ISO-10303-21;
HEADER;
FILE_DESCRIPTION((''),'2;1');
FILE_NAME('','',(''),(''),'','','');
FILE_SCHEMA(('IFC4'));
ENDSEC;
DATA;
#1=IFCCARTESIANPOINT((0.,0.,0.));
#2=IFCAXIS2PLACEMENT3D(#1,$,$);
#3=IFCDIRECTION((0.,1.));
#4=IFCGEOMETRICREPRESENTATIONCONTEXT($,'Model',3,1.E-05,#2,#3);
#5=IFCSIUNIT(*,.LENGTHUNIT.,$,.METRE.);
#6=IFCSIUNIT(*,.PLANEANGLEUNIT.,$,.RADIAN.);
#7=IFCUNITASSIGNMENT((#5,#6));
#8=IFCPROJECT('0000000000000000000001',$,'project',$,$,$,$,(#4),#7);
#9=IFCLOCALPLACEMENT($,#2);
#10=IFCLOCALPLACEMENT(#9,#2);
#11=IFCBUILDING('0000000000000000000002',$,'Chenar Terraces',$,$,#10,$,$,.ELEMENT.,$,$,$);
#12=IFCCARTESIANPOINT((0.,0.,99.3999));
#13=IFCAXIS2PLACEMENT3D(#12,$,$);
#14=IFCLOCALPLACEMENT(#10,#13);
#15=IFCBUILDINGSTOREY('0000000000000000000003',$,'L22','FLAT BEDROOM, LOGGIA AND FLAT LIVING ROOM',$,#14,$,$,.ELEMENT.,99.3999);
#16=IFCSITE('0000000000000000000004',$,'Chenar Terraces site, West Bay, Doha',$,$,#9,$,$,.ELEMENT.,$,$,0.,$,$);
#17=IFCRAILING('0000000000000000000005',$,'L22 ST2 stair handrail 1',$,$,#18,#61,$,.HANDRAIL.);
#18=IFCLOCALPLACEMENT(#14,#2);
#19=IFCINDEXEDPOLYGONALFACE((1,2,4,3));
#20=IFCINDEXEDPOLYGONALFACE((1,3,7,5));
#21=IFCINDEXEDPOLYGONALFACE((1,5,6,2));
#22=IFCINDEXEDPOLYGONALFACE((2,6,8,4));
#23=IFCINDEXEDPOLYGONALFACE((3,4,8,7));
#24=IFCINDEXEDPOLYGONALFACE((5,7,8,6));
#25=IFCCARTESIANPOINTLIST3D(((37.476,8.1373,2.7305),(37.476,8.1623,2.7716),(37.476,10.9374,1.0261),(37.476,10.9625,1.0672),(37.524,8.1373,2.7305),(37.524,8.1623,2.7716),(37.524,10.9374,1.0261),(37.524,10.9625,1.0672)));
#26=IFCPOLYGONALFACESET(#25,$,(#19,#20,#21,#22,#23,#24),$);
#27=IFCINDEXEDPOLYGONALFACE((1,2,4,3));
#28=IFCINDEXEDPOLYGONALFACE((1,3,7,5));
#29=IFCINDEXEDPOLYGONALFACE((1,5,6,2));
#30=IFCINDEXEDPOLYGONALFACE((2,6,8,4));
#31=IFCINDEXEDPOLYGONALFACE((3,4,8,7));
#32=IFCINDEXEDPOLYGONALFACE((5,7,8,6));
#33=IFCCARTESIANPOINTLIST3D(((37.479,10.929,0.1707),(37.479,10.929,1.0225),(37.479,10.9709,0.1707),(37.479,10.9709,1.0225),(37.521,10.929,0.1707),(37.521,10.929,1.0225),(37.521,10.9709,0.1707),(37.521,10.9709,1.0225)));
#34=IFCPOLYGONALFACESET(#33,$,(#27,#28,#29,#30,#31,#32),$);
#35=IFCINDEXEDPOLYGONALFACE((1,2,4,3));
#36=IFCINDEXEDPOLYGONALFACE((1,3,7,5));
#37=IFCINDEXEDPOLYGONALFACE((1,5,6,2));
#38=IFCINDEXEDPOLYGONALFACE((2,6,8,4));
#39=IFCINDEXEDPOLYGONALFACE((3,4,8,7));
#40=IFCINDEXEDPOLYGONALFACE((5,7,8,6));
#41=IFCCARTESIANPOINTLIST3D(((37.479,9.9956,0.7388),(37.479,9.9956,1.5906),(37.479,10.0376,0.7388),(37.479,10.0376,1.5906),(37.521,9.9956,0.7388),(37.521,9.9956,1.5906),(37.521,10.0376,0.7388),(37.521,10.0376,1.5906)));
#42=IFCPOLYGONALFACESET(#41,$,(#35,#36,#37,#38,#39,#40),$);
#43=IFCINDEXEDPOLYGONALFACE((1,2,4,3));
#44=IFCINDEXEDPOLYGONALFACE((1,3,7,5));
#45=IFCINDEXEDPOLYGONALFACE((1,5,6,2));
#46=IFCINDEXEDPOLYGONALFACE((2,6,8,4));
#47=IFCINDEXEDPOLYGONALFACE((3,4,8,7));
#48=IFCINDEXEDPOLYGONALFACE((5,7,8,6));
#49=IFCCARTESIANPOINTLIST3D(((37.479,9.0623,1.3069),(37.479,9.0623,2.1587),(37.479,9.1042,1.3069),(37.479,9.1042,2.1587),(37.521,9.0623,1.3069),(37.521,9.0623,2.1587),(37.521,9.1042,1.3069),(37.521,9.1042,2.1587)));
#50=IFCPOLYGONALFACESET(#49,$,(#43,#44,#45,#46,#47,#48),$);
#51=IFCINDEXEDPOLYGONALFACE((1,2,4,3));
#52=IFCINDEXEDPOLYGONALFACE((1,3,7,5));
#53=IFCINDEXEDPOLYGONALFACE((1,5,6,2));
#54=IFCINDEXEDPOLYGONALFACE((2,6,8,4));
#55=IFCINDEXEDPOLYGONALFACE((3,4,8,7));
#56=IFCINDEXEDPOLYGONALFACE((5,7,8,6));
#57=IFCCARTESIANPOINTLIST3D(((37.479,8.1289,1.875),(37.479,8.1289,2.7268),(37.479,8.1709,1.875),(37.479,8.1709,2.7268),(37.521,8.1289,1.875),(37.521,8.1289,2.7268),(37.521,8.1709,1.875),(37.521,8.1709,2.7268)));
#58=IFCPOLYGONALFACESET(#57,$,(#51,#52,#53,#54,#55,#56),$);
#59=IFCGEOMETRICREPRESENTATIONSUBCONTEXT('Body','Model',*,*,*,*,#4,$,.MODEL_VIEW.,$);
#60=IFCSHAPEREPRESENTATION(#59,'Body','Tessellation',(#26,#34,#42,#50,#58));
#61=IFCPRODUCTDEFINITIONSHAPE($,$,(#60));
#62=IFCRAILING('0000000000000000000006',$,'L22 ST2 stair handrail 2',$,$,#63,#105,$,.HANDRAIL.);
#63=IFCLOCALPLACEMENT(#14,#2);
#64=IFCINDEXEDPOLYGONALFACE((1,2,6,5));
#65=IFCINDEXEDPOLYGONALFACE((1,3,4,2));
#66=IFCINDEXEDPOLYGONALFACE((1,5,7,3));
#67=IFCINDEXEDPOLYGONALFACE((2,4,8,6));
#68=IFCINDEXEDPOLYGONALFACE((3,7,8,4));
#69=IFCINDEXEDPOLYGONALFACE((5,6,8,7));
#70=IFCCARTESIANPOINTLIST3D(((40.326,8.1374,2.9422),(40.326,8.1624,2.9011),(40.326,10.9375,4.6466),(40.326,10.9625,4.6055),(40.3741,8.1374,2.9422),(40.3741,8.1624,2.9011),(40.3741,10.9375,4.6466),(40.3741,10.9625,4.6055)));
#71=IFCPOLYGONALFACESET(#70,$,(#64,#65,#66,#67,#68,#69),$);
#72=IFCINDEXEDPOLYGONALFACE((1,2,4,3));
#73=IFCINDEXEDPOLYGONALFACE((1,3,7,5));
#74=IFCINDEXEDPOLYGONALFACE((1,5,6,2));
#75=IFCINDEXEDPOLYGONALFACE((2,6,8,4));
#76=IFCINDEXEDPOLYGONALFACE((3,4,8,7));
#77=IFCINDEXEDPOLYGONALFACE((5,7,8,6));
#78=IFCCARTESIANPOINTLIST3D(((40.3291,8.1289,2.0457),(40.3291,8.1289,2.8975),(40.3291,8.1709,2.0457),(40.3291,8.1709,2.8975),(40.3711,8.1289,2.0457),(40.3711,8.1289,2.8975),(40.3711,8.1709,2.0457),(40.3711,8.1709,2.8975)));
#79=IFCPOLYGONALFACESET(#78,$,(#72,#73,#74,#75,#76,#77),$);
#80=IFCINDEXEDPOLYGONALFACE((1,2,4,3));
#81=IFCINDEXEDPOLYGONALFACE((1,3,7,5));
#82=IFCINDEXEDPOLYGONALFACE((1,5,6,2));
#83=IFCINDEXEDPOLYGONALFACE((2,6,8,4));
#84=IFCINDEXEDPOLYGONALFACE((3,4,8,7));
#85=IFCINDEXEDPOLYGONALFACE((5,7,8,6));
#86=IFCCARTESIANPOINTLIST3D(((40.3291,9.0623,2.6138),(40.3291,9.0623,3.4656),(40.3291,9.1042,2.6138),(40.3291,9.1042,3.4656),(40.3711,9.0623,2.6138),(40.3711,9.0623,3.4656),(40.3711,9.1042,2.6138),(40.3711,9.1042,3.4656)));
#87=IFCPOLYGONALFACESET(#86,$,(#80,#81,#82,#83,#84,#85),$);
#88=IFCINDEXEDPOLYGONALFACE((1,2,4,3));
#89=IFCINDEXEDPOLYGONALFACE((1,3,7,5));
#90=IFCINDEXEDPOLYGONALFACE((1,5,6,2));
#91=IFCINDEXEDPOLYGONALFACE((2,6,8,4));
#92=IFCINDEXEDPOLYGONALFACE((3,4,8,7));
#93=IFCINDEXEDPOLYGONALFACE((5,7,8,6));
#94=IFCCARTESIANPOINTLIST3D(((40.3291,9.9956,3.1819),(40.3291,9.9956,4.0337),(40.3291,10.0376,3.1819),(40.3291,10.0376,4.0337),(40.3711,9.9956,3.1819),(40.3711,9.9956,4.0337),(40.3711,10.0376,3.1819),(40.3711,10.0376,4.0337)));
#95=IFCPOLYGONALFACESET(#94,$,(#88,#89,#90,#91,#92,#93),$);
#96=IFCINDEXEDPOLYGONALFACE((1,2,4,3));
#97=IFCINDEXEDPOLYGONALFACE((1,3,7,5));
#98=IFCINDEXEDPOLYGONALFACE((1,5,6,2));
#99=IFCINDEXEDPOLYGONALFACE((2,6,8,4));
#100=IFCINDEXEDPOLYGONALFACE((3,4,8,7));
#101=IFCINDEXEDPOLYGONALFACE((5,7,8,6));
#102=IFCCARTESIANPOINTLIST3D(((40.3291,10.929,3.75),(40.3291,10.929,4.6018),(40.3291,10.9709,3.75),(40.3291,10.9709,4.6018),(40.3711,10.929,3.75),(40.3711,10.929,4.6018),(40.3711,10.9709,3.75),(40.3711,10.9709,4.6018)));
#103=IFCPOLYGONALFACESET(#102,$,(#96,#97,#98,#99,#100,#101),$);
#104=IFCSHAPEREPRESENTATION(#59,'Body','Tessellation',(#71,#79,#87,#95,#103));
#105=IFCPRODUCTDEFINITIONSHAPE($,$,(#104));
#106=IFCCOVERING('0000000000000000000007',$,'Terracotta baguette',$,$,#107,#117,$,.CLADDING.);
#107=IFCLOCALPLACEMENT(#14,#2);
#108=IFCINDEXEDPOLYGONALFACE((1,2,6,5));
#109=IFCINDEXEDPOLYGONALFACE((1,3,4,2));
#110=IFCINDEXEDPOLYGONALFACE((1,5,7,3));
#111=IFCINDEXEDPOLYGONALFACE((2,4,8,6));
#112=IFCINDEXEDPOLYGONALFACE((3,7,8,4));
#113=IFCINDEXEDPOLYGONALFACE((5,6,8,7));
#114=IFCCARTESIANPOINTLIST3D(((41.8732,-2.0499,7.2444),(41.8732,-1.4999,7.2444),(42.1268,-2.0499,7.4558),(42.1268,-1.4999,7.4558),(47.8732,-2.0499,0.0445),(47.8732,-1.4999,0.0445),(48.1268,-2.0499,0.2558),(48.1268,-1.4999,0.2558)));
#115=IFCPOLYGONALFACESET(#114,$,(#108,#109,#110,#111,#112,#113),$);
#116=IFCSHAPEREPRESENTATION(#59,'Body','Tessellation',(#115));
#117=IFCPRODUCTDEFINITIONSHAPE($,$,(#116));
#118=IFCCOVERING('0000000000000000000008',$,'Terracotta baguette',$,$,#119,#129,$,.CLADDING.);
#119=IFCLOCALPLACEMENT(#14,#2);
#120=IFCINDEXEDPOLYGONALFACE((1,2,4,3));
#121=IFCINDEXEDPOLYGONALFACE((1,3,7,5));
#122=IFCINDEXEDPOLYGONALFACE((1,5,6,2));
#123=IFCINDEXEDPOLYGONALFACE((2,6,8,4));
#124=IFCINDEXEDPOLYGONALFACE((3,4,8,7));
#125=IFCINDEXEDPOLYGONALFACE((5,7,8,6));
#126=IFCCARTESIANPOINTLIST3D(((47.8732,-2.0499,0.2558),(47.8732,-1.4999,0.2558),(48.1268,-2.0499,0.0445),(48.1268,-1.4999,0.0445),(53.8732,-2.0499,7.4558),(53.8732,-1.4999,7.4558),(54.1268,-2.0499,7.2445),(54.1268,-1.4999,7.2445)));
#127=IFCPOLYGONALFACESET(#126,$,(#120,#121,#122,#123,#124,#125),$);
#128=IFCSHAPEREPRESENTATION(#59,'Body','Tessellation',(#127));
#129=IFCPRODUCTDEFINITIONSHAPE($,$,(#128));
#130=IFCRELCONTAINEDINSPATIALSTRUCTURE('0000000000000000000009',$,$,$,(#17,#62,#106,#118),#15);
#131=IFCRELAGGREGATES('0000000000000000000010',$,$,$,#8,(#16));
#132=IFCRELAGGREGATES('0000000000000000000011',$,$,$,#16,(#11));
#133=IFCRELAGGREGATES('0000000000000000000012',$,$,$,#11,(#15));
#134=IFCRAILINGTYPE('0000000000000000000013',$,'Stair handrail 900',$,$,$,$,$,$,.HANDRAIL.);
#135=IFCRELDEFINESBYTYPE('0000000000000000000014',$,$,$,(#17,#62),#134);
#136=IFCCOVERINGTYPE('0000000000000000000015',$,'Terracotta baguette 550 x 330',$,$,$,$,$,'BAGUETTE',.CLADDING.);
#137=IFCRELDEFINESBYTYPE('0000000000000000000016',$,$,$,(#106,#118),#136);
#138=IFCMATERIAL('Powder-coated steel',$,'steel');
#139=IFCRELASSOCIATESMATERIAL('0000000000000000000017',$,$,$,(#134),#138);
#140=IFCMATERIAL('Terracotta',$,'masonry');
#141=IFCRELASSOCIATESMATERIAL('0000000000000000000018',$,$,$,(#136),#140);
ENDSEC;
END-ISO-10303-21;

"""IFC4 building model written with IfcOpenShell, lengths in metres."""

from ifc_helpers import new_model, si_unit, direction, frame, origin, origin_2d, place, context, subcontext, project, spatial, rectangle, extrude, material, material_profile, profile_set, type_object, element, save


model = new_model("IFC4")

# Units and contexts
model_context = context("Model", 3, precision=1e-05, world=origin(), true_north=direction((0.0, 1.0)))
body_context = subcontext(model_context, "Body", "Model", "MODEL_VIEW")
ifc_project = project(units=[si_unit("LENGTHUNIT", "METRE"), si_unit("PLANEANGLEUNIT", "RADIAN")], contexts=[model_context])

# Site, building, storey
site_placement = place(None, origin())
site = spatial("IfcSite", under=ifc_project, at=site_placement, Name="Chenar Terraces site, West Bay, Doha", CompositionType="ELEMENT", RefElevation=0.0)
building_placement = place(site_placement, origin())
building = spatial("IfcBuilding", under=site, at=building_placement, Name="Chenar Terraces", CompositionType="ELEMENT")
storey_placement = place(building_placement, frame((0.0, 0.0, 99.3999)))
storey = spatial("IfcBuildingStorey", under=building, at=storey_placement, Name="L22", Description="FLAT BEDROOM, LOGGIA AND FLAT LIVING ROOM", CompositionType="ELEMENT", Elevation=99.3999)

# Railings
ifc_material_1 = material(Name="Powder-coated steel", Category="steel")
railing_type_1 = type_object("IfcRailingType", Name="Stair handrail 900", PredefinedType="HANDRAIL", material=ifc_material_1)
railing_1_placement = place(storey_placement, frame((37.5, 10.95, 0.1707)))
element("IfcRailing", 1, at=railing_1_placement, inside=storey, type_object=railing_type_1, Name="L22 ST2 stair handrail 1", PredefinedType="HANDRAIL", context=body_context, shape_type="SweptSolid", body=[
    extrude(rectangle(XDim=0.0481, YDim=0.0481, at=origin_2d()), frame((0.0, 0.0, 0.876), z_axis=(0.0, -0.854203, 0.51994), x_axis=(1.0, 0.0, 0.0)), (0.0, 0.0, 1.0), 3.2781),
    extrude(rectangle(XDim=0.042, YDim=0.042, at=origin_2d()), origin(), (0.0, 0.0, 1.0), 0.8518),
    extrude(rectangle(XDim=0.042, YDim=0.042, at=origin_2d()), frame((0.0, -0.9333, 0.5681)), (0.0, 0.0, 1.0), 0.8518),
    extrude(rectangle(XDim=0.042, YDim=0.042, at=origin_2d()), frame((0.0, -1.8667, 1.1362)), (0.0, 0.0, 1.0), 0.8518),
    extrude(rectangle(XDim=0.042, YDim=0.042, at=origin_2d()), frame((0.0, -2.8, 1.7043)), (0.0, 0.0, 1.0), 0.8518),
])
railing_2_placement = place(storey_placement, frame((40.3501, 8.1499, 2.0457)))
element("IfcRailing", 2, at=railing_2_placement, inside=storey, type_object=railing_type_1, Name="L22 ST2 stair handrail 2", PredefinedType="HANDRAIL", context=body_context, shape_type="SweptSolid", body=[
    extrude(rectangle(XDim=0.0481, YDim=0.0481, at=origin_2d()), frame((0.0, 0.0, 0.876), z_axis=(0.0, 0.854203, 0.51994), x_axis=(-1.0, 0.0, 0.0)), (0.0, 0.0, 1.0), 3.2781),
    extrude(rectangle(XDim=0.042, YDim=0.042, at=origin_2d()), origin(), (0.0, 0.0, 1.0), 0.8518),
    extrude(rectangle(XDim=0.042, YDim=0.042, at=origin_2d()), frame((0.0, 0.9333, 0.5681)), (0.0, 0.0, 1.0), 0.8518),
    extrude(rectangle(XDim=0.042, YDim=0.042, at=origin_2d()), frame((0.0, 1.8667, 1.1362)), (0.0, 0.0, 1.0), 0.8518),
    extrude(rectangle(XDim=0.042, YDim=0.042, at=origin_2d()), frame((0.0, 2.8, 1.7043)), (0.0, 0.0, 1.0), 0.8518),
])

# Coverings
ifc_material_2 = material(Name="Terracotta", Category="masonry")
ifc_material_profile_1 = material_profile(ifc_material_2, rectangle(XDim=0.55, YDim=0.3301, at=origin_2d()), Name="Terracotta baguette 550 x 330")
ifc_profile_set_1 = profile_set([ifc_material_profile_1], Name="Terracotta")
covering_type = type_object("IfcCoveringType", Name="Terracotta baguette 550 x 330", ElementType="BAGUETTE", PredefinedType="CLADDING", material=ifc_profile_set_1)
for number, where, z_axis, x_axis, name in (
    (3, (42.0, -1.7749, 7.3501), (0.640187, 0.0, -0.768219), (0.0, 1.0, 0.0), "Terracotta baguette"),
    (4, (48.0, -1.7749, 0.1501), (0.640187, 0.0, 0.768219), (0.0, 1.0, 0.0), "Terracotta baguette"),
):
    element("IfcCovering", number, at=place(storey_placement, frame(where, z_axis=z_axis, x_axis=x_axis)), inside=storey, type_object=covering_type, Name=name, PredefinedType="CLADDING", context=body_context, shape_type="SweptSolid", body=[
        extrude(rectangle(XDim=0.55, YDim=0.3301, at=origin_2d()), origin(), (0.0, 0.0, 1.0), 9.3723),
    ])

save(model, "model.ifc")
